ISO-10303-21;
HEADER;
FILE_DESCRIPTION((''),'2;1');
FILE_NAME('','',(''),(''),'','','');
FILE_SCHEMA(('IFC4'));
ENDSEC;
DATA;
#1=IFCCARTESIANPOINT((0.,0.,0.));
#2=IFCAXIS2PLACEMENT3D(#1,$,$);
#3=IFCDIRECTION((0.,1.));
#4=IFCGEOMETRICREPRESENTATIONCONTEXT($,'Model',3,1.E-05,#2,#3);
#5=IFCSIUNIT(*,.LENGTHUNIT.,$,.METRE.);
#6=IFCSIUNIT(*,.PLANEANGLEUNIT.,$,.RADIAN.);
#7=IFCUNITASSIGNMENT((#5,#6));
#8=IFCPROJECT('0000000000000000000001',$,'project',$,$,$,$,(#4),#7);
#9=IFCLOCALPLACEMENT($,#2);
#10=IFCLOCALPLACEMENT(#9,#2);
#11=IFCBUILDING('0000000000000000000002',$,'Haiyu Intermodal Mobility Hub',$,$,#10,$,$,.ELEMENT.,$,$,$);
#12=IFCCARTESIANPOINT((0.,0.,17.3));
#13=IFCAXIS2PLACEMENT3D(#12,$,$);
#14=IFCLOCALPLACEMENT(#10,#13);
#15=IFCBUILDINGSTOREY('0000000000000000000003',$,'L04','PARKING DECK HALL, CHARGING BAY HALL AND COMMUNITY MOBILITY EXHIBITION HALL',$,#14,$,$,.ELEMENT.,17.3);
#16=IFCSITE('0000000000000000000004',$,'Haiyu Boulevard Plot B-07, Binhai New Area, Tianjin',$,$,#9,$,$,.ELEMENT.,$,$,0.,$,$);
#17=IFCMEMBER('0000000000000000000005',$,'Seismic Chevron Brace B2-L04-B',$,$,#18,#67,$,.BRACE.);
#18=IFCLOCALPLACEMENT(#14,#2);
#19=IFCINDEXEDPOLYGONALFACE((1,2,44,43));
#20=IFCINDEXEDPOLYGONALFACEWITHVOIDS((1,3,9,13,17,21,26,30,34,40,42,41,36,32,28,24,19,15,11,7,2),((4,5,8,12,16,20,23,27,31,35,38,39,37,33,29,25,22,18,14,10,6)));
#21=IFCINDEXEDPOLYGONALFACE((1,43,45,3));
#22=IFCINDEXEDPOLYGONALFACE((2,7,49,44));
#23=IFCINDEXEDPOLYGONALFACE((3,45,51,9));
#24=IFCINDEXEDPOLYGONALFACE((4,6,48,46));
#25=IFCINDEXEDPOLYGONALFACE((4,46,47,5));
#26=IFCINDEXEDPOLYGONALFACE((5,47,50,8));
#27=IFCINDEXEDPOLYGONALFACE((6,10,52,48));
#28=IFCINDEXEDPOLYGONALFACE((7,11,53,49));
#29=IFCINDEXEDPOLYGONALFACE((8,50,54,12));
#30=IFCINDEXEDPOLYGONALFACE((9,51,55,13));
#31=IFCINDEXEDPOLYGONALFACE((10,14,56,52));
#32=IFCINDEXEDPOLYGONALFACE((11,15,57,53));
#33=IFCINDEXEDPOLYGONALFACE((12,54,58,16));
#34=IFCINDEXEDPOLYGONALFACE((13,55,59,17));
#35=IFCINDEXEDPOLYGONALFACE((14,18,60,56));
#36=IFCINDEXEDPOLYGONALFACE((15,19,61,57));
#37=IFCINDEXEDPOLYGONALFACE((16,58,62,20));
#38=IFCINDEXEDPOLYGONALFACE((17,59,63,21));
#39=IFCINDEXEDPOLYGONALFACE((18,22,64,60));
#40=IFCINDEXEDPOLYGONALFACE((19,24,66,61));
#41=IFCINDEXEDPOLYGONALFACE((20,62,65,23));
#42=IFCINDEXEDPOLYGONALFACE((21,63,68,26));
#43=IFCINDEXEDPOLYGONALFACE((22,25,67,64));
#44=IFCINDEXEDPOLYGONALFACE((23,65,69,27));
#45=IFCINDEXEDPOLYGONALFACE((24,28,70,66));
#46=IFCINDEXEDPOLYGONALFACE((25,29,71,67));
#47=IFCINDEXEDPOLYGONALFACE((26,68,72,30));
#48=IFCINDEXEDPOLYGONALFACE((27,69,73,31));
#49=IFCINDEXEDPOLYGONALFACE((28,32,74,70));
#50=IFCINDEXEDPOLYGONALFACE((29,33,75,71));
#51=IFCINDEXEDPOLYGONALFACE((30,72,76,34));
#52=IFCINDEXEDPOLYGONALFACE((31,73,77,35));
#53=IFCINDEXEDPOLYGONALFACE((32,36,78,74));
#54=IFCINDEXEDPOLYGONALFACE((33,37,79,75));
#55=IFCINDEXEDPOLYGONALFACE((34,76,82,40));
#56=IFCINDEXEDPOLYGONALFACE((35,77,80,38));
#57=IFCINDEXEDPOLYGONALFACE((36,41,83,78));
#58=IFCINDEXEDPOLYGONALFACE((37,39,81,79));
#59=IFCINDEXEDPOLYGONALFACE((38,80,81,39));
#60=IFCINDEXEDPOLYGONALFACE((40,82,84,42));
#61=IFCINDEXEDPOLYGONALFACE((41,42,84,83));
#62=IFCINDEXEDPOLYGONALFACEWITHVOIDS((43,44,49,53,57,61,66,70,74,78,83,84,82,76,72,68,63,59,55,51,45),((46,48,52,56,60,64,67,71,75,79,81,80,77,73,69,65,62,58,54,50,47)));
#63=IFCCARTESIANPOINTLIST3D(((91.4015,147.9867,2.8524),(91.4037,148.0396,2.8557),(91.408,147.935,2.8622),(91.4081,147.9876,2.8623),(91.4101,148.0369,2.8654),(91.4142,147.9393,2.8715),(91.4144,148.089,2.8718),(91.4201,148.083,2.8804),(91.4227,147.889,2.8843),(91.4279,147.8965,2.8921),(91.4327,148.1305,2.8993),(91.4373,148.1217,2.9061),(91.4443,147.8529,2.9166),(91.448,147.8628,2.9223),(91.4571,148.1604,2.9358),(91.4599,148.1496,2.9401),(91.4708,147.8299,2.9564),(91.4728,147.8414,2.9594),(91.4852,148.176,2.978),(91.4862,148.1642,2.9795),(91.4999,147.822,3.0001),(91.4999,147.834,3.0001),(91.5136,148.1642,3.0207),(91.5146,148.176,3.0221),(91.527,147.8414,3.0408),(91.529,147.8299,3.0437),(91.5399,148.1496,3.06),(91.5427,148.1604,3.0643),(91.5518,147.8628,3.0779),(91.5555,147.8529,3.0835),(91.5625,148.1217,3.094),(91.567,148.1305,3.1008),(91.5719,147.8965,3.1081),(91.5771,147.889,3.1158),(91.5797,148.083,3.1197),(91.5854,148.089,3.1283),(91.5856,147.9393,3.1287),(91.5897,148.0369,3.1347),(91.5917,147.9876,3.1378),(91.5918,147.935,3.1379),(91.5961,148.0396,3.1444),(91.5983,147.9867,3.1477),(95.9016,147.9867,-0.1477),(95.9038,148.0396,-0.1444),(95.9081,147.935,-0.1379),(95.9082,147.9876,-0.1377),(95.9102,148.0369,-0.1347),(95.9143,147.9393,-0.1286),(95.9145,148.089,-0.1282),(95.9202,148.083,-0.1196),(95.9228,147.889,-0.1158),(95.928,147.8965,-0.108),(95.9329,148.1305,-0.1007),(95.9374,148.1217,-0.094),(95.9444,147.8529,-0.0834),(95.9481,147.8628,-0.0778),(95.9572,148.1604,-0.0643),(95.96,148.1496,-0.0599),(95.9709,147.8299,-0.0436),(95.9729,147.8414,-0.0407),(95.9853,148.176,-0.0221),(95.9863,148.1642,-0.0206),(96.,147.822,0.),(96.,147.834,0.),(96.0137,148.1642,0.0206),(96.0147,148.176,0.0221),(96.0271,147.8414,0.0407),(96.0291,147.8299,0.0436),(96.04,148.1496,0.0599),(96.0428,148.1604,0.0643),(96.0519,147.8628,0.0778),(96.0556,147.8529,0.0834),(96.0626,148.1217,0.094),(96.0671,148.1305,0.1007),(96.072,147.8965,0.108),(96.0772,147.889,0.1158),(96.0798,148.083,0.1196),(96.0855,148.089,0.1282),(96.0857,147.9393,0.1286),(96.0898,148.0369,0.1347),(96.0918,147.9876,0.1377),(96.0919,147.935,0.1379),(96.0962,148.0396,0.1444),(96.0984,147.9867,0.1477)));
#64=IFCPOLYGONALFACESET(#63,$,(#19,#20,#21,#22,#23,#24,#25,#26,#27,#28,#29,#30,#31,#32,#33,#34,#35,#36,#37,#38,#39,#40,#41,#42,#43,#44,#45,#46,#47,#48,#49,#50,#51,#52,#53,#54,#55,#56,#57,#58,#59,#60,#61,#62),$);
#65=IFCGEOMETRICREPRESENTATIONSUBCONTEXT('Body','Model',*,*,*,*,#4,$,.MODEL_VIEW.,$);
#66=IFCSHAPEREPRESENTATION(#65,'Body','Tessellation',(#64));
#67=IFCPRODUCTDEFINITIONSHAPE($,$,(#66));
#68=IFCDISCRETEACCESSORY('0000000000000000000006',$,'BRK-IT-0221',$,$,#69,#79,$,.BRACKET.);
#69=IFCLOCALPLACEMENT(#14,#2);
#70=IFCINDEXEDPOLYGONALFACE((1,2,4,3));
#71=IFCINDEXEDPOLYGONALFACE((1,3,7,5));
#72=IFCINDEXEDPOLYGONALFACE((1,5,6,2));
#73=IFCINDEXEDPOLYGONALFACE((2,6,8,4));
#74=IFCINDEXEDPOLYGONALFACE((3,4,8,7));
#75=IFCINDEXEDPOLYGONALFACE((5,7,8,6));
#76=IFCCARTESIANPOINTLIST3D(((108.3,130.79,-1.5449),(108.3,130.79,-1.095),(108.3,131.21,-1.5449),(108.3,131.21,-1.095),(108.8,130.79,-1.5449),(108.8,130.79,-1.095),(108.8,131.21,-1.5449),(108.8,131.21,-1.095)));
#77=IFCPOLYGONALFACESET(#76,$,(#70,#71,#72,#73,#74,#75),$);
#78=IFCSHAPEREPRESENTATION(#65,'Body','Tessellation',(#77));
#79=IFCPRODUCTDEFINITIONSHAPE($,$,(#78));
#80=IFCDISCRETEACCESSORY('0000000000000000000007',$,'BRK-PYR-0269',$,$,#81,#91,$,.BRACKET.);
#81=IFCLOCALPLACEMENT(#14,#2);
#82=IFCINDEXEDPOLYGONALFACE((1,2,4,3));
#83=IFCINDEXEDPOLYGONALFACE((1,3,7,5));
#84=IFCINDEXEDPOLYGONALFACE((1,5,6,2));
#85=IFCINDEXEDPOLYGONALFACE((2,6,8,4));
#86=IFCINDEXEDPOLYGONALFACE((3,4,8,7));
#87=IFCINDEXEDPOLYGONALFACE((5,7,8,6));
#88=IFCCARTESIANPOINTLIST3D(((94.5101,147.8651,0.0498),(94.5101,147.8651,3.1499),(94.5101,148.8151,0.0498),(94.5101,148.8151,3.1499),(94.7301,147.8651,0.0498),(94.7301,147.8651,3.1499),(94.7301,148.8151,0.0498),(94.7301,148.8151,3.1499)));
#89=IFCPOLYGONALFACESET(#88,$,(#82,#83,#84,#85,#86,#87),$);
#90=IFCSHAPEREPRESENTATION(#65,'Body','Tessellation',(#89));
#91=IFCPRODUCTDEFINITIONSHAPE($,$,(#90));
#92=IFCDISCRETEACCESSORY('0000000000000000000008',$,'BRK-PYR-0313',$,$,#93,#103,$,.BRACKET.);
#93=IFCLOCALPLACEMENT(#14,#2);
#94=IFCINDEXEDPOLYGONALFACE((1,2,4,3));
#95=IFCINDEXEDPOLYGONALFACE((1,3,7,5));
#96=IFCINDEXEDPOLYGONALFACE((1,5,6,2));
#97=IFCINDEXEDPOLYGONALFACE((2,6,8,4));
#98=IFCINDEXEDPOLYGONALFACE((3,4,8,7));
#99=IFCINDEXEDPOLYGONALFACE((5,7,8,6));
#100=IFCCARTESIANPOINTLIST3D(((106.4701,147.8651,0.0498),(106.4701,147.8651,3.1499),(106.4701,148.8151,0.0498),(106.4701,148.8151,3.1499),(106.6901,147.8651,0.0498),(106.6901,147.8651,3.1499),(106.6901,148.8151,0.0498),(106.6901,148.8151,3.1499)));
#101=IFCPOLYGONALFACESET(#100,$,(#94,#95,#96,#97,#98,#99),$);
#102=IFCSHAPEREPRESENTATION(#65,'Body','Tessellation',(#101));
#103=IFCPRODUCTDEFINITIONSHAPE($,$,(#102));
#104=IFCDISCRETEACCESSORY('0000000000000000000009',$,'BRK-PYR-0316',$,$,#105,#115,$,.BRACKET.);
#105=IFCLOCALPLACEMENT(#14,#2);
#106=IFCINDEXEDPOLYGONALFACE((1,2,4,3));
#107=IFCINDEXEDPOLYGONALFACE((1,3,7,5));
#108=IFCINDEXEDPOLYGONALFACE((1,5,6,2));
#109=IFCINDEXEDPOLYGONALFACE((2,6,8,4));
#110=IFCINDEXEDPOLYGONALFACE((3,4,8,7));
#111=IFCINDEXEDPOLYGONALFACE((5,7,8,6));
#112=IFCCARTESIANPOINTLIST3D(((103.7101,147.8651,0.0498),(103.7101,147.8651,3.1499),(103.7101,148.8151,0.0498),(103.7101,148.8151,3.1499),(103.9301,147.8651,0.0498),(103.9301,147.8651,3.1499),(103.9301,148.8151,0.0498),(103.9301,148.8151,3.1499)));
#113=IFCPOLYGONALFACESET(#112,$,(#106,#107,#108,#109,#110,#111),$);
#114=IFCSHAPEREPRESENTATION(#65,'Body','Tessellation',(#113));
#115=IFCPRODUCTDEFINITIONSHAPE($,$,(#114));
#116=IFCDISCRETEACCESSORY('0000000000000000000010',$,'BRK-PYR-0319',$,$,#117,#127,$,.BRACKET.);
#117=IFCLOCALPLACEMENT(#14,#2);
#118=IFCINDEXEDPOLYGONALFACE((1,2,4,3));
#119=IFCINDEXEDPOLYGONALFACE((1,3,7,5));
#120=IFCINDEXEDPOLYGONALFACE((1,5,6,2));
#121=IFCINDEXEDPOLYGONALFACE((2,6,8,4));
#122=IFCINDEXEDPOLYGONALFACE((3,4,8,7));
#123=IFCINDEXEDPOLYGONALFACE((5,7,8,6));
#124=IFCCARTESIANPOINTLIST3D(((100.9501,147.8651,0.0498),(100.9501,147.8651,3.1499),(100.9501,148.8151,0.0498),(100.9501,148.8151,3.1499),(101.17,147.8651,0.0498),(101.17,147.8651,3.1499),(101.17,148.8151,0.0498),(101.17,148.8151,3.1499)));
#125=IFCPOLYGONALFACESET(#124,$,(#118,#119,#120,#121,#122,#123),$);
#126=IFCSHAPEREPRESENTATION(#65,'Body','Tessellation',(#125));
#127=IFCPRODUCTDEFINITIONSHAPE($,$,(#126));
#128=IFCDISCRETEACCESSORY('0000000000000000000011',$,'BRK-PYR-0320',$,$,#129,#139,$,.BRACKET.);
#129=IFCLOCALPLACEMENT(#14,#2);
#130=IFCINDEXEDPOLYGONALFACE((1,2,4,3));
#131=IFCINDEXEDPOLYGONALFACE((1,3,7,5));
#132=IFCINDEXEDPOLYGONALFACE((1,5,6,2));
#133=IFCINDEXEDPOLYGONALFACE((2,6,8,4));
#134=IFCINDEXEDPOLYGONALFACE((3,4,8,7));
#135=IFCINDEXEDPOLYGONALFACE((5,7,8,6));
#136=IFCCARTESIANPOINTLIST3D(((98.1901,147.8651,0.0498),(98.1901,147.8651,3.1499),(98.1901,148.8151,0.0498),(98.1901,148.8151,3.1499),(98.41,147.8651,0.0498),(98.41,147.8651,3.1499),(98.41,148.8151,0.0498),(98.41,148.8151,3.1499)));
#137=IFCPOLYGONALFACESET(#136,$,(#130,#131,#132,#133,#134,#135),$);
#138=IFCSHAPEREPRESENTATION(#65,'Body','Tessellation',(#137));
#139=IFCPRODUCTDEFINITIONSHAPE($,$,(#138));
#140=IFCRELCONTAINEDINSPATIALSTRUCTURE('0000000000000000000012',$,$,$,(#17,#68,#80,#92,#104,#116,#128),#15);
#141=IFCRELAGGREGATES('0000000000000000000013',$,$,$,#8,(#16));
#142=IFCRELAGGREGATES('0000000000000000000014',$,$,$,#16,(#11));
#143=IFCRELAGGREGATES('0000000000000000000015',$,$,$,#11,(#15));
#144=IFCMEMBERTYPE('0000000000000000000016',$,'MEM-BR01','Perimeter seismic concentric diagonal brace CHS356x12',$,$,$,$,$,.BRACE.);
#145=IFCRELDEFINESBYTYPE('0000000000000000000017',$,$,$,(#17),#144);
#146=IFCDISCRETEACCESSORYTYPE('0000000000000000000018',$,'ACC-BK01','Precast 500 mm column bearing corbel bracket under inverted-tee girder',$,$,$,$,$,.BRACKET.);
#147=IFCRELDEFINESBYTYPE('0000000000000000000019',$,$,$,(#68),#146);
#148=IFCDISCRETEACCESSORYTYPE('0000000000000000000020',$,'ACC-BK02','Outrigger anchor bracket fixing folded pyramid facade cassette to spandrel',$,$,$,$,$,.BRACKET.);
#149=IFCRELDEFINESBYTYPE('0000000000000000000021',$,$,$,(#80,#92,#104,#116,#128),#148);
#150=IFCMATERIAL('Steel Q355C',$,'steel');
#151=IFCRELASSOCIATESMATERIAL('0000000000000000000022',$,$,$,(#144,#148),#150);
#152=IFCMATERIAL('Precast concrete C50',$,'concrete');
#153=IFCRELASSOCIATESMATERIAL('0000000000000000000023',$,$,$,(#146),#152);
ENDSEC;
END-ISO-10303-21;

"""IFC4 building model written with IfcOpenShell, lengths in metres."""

from ifc_helpers import new_model, si_unit, direction, frame, origin, origin_2d, place, context, subcontext, project, spatial, rectangle, hollow_circle, extrude, material, material_profile, profile_set, type_object, element, save


model = new_model("IFC4")

# Units and contexts
model_context = context("Model", 3, precision=1e-05, world=origin(), true_north=direction((0.0, 1.0)))
body_context = subcontext(model_context, "Body", "Model", "MODEL_VIEW")
ifc_project = project(units=[si_unit("LENGTHUNIT", "METRE"), si_unit("PLANEANGLEUNIT", "RADIAN")], contexts=[model_context])

# Site, building, storey
site_placement = place(None, origin())
site = spatial("IfcSite", under=ifc_project, at=site_placement, Name="Haiyu Boulevard Plot B-07, Binhai New Area, Tianjin", CompositionType="ELEMENT", RefElevation=0.0)
building_placement = place(site_placement, origin())
building = spatial("IfcBuilding", under=site, at=building_placement, Name="Haiyu Intermodal Mobility Hub", CompositionType="ELEMENT")
storey_placement = place(building_placement, frame((0.0, 0.0, 17.3)))
storey = spatial("IfcBuildingStorey", under=building, at=storey_placement, Name="L04", Description="PARKING DECK HALL, CHARGING BAY HALL AND COMMUNITY MOBILITY EXHIBITION HALL", CompositionType="ELEMENT", Elevation=17.3)

# Shared definitions
ifc_material_1 = material(Name="Precast concrete C50", Category="concrete")

# Member
ifc_material_2 = material(Name="Steel Q355C", Category="steel")
ifc_material_profile_1 = material_profile(ifc_material_2, hollow_circle(Radius=0.178, WallThickness=0.012, at=origin_2d()), Name="CHS356x12")
ifc_profile_set_1 = profile_set([ifc_material_profile_1], Name="Steel Q355C")
member_type = type_object("IfcMemberType", Name="MEM-BR01", Description="Perimeter seismic concentric diagonal brace CHS356x12", PredefinedType="BRACE", material=ifc_profile_set_1)
member_placement = place(storey_placement, frame((96.0, 148.0, 0.0), z_axis=(-0.83205, 0.0, 0.5547), x_axis=(0.0, -1.0, 0.0)))
element("IfcMember", 1, at=member_placement, inside=storey, type_object=member_type, Name="Seismic Chevron Brace B2-L04-B", PredefinedType="BRACE", context=body_context, shape_type="SweptSolid", body=[
    extrude(hollow_circle(Radius=0.178, WallThickness=0.012, at=origin_2d()), origin(), (0.0, 0.0, 1.0), 5.4084),
])

# Discrete accessories
discrete_accessory_type_1 = type_object("IfcDiscreteAccessoryType", Name="ACC-BK01", Description="Precast 500 mm column bearing corbel bracket under inverted-tee girder", PredefinedType="BRACKET", material=ifc_material_1)
discrete_accessory_placement = place(storey_placement, frame((108.55, 131.0, -1.5449), z_axis=(0.0, 0.0, 1.0), x_axis=(1.0, 0.0, 0.0)))
element("IfcDiscreteAccessory", 2, at=discrete_accessory_placement, inside=storey, type_object=discrete_accessory_type_1, Name="BRK-IT-0221", PredefinedType="BRACKET", context=body_context, shape_type="SweptSolid", body=[
    extrude(rectangle(XDim=0.5, YDim=0.4199, at=origin_2d()), origin(), (0.0, 0.0, 1.0), 0.45),
])
discrete_accessory_type_2 = type_object("IfcDiscreteAccessoryType", Name="ACC-BK02", Description="Outrigger anchor bracket fixing folded pyramid facade cassette to spandrel", PredefinedType="BRACKET", material=ifc_material_2)
for number, where, z_axis, x_axis, name in (
    (3, (94.6201, 148.3401, 0.0498), (0.0, 0.0, 1.0), (1.0, 0.0, 0.0), "BRK-PYR-0269"),
    (4, (106.5801, 148.3401, 0.0498), (0.0, 0.0, 1.0), (1.0, 0.0, 0.0), "BRK-PYR-0313"),
    (5, (103.8201, 148.3401, 0.0498), (0.0, 0.0, 1.0), (1.0, 0.0, 0.0), "BRK-PYR-0316"),
    (6, (101.0601, 148.3401, 0.0498), (0.0, 0.0, 1.0), (1.0, 0.0, 0.0), "BRK-PYR-0319"),
    (7, (98.3, 148.3401, 0.0498), (0.0, 0.0, 1.0), (1.0, 0.0, 0.0), "BRK-PYR-0320"),
):
    element("IfcDiscreteAccessory", number, at=place(storey_placement, frame(where, z_axis=z_axis, x_axis=x_axis)), inside=storey, type_object=discrete_accessory_type_2, Name=name, PredefinedType="BRACKET", context=body_context, shape_type="SweptSolid", body=[
        extrude(rectangle(XDim=0.22, YDim=0.95, at=origin_2d()), origin(), (0.0, 0.0, 1.0), 3.1001),
    ])

save(model, "model.ifc")
